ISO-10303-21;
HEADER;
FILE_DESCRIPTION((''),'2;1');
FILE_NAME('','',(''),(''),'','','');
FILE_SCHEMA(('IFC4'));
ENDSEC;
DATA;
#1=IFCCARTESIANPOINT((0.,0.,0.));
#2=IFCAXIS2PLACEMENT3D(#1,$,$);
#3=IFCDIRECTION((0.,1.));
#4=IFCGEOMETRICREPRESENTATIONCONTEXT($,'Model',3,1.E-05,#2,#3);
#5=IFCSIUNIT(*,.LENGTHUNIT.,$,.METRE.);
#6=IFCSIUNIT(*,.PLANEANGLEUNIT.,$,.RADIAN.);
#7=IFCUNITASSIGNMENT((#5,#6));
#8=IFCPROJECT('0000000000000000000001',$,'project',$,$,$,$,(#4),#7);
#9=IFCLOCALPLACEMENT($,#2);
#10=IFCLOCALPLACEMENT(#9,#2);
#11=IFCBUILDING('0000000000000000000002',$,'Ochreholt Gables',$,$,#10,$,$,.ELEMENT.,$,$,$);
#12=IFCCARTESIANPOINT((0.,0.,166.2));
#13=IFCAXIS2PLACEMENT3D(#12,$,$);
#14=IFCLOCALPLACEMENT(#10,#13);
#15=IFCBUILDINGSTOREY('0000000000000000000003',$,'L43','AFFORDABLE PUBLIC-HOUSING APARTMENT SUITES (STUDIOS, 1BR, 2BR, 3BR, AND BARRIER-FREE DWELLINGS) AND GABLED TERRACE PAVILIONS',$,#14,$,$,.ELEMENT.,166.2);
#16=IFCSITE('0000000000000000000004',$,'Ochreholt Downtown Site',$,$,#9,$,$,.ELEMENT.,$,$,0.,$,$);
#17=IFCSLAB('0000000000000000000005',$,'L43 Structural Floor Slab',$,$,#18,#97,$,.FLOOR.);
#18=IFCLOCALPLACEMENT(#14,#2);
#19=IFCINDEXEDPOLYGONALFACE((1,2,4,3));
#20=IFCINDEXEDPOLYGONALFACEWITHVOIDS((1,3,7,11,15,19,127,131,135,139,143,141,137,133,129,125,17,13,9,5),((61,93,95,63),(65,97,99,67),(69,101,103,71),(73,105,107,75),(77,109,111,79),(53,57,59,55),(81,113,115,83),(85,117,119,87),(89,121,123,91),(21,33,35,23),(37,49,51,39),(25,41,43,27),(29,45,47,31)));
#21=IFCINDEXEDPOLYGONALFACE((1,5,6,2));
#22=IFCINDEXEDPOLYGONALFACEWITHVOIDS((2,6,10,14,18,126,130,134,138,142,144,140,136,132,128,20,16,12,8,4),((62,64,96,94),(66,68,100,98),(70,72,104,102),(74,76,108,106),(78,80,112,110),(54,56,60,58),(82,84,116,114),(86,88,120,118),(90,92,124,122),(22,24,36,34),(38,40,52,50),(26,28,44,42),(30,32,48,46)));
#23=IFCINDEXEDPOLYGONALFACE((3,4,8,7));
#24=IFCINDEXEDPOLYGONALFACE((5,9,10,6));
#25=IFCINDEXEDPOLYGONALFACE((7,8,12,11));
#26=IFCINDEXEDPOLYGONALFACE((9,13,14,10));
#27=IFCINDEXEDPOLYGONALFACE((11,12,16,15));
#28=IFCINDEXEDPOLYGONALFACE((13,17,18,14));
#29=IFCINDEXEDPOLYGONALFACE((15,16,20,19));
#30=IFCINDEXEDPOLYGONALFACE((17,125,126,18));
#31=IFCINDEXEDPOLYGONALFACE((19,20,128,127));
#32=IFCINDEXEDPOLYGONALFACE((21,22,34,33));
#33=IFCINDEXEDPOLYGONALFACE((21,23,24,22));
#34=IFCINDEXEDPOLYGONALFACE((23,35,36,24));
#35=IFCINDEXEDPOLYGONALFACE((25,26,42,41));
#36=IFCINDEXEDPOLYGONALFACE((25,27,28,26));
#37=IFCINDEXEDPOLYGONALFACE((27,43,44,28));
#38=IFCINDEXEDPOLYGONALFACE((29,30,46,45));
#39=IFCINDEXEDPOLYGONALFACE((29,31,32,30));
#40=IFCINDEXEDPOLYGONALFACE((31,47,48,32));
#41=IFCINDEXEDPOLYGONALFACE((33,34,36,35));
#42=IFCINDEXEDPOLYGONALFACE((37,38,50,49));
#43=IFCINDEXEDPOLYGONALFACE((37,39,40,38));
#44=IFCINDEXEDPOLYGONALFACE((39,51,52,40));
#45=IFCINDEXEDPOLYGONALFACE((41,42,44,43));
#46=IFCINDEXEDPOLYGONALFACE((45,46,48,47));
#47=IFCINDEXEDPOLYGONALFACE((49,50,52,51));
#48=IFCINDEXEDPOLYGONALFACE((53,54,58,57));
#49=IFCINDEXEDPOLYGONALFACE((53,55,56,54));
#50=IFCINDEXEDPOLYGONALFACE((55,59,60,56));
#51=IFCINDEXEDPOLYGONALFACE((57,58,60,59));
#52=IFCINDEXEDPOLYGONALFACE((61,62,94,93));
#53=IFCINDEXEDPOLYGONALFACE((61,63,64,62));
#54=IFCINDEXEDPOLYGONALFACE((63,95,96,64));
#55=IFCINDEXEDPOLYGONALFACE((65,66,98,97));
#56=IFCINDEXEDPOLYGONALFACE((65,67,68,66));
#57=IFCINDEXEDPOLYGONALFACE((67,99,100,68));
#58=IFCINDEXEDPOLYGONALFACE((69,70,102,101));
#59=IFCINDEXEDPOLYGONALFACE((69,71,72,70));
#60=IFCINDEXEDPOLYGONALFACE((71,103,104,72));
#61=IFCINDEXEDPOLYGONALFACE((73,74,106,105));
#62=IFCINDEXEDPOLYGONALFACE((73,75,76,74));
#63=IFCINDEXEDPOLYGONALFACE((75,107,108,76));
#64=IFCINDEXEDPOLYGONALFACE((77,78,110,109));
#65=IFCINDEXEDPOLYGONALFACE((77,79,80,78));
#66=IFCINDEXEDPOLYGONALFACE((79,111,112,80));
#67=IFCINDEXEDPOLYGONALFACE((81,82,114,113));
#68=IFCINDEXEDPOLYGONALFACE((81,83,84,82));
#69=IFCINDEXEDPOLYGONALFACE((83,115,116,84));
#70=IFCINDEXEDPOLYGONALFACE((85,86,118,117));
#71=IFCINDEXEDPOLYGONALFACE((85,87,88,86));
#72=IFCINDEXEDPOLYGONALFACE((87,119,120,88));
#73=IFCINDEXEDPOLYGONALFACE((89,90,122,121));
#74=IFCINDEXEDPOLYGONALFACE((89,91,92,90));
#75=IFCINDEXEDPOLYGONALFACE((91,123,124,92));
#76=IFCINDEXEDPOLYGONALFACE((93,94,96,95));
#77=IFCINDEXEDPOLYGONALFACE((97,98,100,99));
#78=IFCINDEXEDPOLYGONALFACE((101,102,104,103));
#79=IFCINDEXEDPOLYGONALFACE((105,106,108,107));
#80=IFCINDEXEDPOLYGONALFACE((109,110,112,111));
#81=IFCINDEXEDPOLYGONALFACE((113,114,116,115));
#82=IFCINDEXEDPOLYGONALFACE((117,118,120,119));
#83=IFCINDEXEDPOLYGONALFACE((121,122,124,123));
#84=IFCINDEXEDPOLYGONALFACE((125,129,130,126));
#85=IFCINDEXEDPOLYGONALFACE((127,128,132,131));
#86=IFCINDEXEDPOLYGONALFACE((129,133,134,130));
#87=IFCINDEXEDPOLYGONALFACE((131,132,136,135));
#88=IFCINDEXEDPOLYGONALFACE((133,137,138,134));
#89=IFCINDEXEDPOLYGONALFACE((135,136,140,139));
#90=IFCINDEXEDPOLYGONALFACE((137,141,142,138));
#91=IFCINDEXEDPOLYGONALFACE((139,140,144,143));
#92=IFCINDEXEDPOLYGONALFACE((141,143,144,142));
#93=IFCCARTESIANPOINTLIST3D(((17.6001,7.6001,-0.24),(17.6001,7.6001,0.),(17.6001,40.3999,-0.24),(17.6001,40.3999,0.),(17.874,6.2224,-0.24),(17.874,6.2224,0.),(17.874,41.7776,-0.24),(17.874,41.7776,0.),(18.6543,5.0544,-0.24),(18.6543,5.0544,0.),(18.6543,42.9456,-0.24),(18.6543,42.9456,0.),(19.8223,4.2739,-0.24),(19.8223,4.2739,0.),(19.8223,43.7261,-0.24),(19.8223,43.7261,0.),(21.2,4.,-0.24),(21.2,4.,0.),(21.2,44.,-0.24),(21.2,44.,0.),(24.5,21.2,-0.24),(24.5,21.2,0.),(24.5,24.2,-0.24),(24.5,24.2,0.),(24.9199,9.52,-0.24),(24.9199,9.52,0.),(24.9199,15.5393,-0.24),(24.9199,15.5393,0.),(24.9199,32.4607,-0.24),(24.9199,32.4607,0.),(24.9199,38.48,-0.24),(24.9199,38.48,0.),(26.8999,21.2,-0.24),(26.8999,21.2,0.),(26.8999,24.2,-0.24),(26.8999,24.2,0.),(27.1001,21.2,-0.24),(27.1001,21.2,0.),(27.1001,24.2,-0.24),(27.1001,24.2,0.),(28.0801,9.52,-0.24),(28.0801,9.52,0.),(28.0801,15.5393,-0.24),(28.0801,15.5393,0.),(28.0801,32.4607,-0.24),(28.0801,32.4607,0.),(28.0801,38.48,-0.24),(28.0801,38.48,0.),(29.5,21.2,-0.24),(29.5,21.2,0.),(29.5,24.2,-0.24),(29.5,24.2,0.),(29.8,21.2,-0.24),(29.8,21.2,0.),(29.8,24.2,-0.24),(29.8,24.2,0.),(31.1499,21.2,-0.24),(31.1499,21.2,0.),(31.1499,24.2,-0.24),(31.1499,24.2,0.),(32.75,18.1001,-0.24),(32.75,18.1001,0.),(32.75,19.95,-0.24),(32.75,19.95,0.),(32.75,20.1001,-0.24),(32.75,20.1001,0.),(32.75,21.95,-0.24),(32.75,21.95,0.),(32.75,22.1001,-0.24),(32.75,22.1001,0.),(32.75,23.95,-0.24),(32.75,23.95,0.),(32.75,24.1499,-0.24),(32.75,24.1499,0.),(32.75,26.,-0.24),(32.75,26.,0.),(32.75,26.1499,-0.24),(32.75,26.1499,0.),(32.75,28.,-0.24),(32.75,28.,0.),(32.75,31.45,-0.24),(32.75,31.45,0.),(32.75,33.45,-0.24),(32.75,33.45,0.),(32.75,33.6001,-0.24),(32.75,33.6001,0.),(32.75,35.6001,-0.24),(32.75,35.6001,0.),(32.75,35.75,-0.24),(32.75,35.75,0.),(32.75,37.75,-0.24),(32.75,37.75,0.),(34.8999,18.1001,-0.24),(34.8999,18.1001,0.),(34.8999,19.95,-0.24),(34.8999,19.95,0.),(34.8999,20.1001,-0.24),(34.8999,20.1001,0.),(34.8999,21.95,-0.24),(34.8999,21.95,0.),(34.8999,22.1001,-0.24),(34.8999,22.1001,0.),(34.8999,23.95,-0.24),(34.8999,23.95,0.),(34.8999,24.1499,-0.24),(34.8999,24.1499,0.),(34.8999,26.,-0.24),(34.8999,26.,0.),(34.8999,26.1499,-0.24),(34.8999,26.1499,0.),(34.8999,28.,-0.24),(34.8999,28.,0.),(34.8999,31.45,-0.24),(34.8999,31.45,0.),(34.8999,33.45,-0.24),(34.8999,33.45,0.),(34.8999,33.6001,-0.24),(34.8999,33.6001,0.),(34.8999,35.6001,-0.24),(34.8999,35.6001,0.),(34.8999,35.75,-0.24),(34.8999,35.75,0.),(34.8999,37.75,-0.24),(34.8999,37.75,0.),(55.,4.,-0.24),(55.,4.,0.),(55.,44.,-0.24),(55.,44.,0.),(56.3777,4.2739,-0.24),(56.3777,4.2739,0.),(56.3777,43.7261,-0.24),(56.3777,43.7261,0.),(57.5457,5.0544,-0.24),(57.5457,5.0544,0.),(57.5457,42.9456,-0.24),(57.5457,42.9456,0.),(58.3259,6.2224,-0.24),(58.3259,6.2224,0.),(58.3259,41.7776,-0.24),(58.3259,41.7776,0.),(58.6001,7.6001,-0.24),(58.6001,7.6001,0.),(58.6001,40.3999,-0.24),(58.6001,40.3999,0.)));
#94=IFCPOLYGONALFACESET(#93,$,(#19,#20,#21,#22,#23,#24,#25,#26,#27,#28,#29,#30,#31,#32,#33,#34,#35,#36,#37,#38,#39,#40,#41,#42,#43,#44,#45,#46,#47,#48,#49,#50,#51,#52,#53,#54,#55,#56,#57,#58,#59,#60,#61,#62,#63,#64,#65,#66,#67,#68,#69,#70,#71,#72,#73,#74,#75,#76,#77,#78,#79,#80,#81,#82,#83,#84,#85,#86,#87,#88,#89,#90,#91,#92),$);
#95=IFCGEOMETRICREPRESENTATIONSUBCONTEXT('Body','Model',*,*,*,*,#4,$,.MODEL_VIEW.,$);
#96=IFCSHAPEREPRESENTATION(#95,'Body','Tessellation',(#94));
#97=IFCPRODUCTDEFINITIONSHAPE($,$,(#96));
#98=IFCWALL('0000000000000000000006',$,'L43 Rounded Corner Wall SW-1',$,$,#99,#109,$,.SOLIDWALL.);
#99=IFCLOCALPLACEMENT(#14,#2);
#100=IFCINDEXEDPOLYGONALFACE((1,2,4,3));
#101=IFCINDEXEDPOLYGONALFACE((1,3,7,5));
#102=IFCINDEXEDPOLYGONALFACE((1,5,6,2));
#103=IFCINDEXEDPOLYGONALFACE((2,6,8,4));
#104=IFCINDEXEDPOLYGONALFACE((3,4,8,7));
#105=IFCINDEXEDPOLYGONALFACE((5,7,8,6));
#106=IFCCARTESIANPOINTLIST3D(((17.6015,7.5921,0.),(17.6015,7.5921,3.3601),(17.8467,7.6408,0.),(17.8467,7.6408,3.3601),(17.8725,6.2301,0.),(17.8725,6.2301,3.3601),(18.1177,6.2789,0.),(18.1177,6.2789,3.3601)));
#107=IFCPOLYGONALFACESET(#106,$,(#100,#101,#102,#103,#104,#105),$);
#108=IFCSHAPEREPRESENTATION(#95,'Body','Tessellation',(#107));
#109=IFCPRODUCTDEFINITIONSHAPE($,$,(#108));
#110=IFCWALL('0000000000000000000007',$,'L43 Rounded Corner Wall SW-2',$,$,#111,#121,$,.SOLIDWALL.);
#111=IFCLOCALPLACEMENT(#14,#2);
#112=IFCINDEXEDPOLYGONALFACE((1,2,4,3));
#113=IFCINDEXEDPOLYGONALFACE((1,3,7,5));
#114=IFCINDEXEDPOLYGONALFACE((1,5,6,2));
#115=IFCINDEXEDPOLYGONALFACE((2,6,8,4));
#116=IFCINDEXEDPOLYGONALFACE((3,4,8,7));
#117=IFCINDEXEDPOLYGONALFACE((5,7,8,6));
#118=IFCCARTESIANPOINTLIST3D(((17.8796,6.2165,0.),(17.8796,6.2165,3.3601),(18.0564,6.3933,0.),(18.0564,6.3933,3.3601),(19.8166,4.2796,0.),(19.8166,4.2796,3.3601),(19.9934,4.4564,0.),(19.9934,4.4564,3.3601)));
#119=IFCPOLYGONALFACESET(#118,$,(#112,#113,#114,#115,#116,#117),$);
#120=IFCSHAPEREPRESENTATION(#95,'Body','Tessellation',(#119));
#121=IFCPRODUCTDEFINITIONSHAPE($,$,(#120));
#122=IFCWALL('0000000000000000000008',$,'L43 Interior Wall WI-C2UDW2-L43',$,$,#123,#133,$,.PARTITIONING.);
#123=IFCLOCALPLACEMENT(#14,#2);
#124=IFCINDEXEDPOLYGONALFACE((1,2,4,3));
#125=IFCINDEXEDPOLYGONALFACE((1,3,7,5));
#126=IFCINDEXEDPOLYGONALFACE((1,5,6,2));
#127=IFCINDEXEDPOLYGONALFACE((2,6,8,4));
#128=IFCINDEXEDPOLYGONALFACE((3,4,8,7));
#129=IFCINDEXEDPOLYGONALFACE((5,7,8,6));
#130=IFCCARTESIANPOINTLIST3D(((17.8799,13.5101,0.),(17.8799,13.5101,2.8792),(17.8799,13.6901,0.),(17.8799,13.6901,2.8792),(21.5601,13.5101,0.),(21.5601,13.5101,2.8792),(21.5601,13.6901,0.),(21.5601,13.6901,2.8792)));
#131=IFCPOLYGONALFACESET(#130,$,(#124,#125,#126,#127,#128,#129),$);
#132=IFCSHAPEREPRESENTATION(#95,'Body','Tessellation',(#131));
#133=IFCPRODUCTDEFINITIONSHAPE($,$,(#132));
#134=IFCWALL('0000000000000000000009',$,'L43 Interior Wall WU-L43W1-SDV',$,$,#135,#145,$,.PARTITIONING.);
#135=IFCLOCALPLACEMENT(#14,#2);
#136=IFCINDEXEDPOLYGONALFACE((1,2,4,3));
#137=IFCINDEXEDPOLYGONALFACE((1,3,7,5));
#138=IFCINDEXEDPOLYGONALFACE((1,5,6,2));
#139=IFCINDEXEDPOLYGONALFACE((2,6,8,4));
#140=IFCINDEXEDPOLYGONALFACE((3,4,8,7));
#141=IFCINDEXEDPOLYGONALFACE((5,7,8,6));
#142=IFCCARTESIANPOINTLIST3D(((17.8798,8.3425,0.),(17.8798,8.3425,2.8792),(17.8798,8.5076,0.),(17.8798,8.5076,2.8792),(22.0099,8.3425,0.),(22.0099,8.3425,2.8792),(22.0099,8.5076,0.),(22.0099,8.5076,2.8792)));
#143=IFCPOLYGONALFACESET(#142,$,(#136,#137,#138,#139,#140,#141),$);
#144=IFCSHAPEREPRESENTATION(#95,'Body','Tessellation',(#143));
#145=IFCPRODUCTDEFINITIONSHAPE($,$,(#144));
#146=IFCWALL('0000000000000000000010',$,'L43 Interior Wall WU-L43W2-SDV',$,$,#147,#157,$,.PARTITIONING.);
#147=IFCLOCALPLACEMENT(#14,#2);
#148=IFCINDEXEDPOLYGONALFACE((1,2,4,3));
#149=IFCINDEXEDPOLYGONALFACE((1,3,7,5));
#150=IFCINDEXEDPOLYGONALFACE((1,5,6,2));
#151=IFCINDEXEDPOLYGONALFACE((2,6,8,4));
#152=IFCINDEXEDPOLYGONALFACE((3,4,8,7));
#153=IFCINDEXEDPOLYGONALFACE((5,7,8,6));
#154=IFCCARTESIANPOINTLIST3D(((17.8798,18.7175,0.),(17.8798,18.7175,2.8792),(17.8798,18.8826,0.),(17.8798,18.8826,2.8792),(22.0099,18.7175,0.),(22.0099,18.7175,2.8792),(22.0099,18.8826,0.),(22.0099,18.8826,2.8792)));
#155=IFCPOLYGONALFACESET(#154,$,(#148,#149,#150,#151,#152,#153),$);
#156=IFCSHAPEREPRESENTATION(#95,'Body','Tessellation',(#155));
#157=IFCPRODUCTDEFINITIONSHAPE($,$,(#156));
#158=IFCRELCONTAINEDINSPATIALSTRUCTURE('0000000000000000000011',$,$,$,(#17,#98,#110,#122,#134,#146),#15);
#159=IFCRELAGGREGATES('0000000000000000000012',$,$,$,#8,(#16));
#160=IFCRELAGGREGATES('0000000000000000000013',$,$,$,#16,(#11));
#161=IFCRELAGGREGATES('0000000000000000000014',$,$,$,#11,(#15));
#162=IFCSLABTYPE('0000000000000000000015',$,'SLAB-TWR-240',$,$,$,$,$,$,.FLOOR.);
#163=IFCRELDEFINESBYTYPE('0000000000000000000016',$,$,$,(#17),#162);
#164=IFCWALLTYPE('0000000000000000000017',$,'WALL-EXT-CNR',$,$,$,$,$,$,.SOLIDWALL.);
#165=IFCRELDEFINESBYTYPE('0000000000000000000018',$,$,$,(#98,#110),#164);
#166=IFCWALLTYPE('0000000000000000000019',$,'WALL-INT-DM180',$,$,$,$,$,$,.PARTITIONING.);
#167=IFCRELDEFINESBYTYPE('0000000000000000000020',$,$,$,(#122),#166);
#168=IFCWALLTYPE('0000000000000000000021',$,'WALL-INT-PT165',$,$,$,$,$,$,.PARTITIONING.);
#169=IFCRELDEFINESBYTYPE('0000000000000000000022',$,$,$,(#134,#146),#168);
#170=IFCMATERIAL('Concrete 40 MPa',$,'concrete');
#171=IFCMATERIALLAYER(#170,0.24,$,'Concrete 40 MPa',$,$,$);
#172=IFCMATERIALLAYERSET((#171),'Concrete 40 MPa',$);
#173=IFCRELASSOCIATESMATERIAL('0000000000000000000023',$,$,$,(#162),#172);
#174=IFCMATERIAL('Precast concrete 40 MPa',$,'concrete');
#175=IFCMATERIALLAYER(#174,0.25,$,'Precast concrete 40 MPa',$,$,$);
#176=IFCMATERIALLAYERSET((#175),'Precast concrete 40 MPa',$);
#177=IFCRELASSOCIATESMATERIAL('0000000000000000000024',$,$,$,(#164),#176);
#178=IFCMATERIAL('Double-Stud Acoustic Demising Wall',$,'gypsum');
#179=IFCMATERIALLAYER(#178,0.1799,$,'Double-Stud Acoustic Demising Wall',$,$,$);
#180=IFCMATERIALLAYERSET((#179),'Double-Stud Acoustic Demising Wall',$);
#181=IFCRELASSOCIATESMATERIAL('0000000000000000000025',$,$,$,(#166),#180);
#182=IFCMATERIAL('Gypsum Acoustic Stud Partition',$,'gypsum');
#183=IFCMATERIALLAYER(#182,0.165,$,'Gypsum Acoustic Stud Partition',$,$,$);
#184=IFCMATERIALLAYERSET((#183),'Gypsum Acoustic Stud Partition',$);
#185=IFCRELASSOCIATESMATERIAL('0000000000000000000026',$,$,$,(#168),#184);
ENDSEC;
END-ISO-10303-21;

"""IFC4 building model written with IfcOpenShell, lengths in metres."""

from ifc_helpers import new_model, si_unit, direction, frame, frame_2d, origin, place, context, subcontext, project, spatial, polyline, rectangle, outline, extrude, material, layer, layer_set, type_object, element, save


model = new_model("IFC4")

# Units and contexts
model_context = context("Model", 3, precision=1e-05, world=origin(), true_north=direction((0.0, 1.0)))
body_context = subcontext(model_context, "Body", "Model", "MODEL_VIEW")
ifc_project = project(units=[si_unit("LENGTHUNIT", "METRE"), si_unit("PLANEANGLEUNIT", "RADIAN")], contexts=[model_context])

# Site, building, storey
site_placement = place(None, origin())
site = spatial("IfcSite", under=ifc_project, at=site_placement, Name="Ochreholt Downtown Site", CompositionType="ELEMENT", RefElevation=0.0)
building_placement = place(site_placement, origin())
building = spatial("IfcBuilding", under=site, at=building_placement, Name="Ochreholt Gables", CompositionType="ELEMENT")
storey_placement = place(building_placement, frame((0.0, 0.0, 166.2)))
storey = spatial("IfcBuildingStorey", under=building, at=storey_placement, Name="L43", Description="AFFORDABLE PUBLIC-HOUSING APARTMENT SUITES (STUDIOS, 1BR, 2BR, 3BR, AND BARRIER-FREE DWELLINGS) AND GABLED TERRACE PAVILIONS", CompositionType="ELEMENT", Elevation=166.2)

# Shared definitions
ifc_material_1 = material(Name="Concrete 40 MPa", Category="concrete")

# Slab
ifc_layer_1 = layer(ifc_material_1, 0.24, Name="Concrete 40 MPa")
ifc_layer_set_1 = layer_set([ifc_layer_1], Name="Concrete 40 MPa")
slab_type_1 = type_object("IfcSlabType", Name="SLAB-TWR-240", PredefinedType="FLOOR", material=ifc_layer_set_1)
slab_1_placement = place(storey_placement, frame((0.0, 0.0, -0.24)))
element("IfcSlab", 1, at=slab_1_placement, inside=storey, type_object=slab_type_1, Name="L43 Structural Floor Slab", PredefinedType="FLOOR", context=body_context, shape_type="SweptSolid", body=[
    extrude(outline(polyline([(17.6001, 7.6001), (17.874, 6.2224), (18.6543, 5.0544), (19.8223, 4.2739), (21.2, 4.0), (55.0, 4.0), (56.3777, 4.2739), (57.5457, 5.0544), (58.3259, 6.2224), (58.6001, 7.6001), (58.6001, 40.3999), (58.3259, 41.7776), (57.5457, 42.9456), (56.3777, 43.7261), (55.0, 44.0), (21.2, 44.0), (19.8223, 43.7261), (18.6543, 42.9456), (17.874, 41.7776), (17.6001, 40.3999), (17.6001, 7.6001)]), holes=[polyline([(24.9199, 15.5393), (24.9199, 9.52), (28.0801, 9.52), (28.0801, 15.5393), (24.9199, 15.5393)]), polyline([(28.0801, 32.4607), (28.0801, 38.48), (24.9199, 38.48), (24.9199, 32.4607), (28.0801, 32.4607)]), polyline([(24.5, 21.2), (26.8999, 21.2), (26.8999, 24.2), (24.5, 24.2), (24.5, 21.2)]), polyline([(27.1001, 21.2), (29.5, 21.2), (29.5, 24.2), (27.1001, 24.2), (27.1001, 21.2)]), polyline([(32.75, 18.1001), (34.8999, 18.1001), (34.8999, 19.95), (32.75, 19.95), (32.75, 18.1001)]), polyline([(32.75, 20.1001), (34.8999, 20.1001), (34.8999, 21.95), (32.75, 21.95), (32.75, 20.1001)]), polyline([(32.75, 22.1001), (34.8999, 22.1001), (34.8999, 23.95), (32.75, 23.95), (32.75, 22.1001)]), polyline([(32.75, 24.1499), (34.8999, 24.1499), (34.8999, 26.0), (32.75, 26.0), (32.75, 24.1499)]), polyline([(32.75, 26.1499), (34.8999, 26.1499), (34.8999, 28.0), (32.75, 28.0), (32.75, 26.1499)]), polyline([(32.75, 31.45), (34.8999, 31.45), (34.8999, 33.45), (32.75, 33.45), (32.75, 31.45)]), polyline([(32.75, 33.6001), (34.8999, 33.6001), (34.8999, 35.6001), (32.75, 35.6001), (32.75, 33.6001)]), polyline([(32.75, 35.75), (34.8999, 35.75), (34.8999, 37.75), (32.75, 37.75), (32.75, 35.75)]), polyline([(29.8, 21.2), (31.1499, 21.2), (31.1499, 24.2), (29.8, 24.2), (29.8, 21.2)])]), origin(), (0.0, 0.0, 1.0), 0.24),
])

# Walls
ifc_material_2 = material(Name="Precast concrete 40 MPa", Category="concrete")
ifc_layer_2 = layer(ifc_material_2, 0.25, Name="Precast concrete 40 MPa")
ifc_layer_set_2 = layer_set([ifc_layer_2], Name="Precast concrete 40 MPa")
wall_type_1 = type_object("IfcWallType", Name="WALL-EXT-CNR", PredefinedType="SOLIDWALL", material=ifc_layer_set_2)
wall_1_placement = place(storey_placement, frame((17.7241, 7.6165, 0.0), z_axis=(0.0, 0.0, 1.0), x_axis=(0.195136, -0.980776, 0.0)))
element("IfcWall", 2, at=wall_1_placement, inside=storey, type_object=wall_type_1, Name="L43 Rounded Corner Wall SW-1", PredefinedType="SOLIDWALL", context=body_context, shape_type="SweptSolid", body=[
    extrude(rectangle(XDim=1.3887, YDim=0.25, at=frame_2d((0.6943, 0.0))), origin(), (0.0, 0.0, 1.0), 3.3601),
])
wall_2_placement = place(storey_placement, frame((17.968, 6.3049, 0.0), z_axis=(0.0, 0.0, 1.0), x_axis=(0.707107, -0.707107, 0.0)))
element("IfcWall", 3, at=wall_2_placement, inside=storey, type_object=wall_type_1, Name="L43 Rounded Corner Wall SW-2", PredefinedType="SOLIDWALL", context=body_context, shape_type="SweptSolid", body=[
    extrude(rectangle(XDim=2.7393, YDim=0.25, at=frame_2d((1.3696, 0.0))), origin(), (0.0, 0.0, 1.0), 3.3601),
])
ifc_material_3 = material(Name="Double-Stud Acoustic Demising Wall", Category="gypsum")
ifc_layer_3 = layer(ifc_material_3, 0.1799, Name="Double-Stud Acoustic Demising Wall")
ifc_layer_set_3 = layer_set([ifc_layer_3], Name="Double-Stud Acoustic Demising Wall")
wall_type_2 = type_object("IfcWallType", Name="WALL-INT-DM180", PredefinedType="PARTITIONING", material=ifc_layer_set_3)
wall_3_placement = place(storey_placement, frame((17.8799, 13.6001, 0.0), z_axis=(0.0, 0.0, 1.0), x_axis=(1.0, 0.0, 0.0)))
element("IfcWall", 4, at=wall_3_placement, inside=storey, type_object=wall_type_2, Name="L43 Interior Wall WI-C2UDW2-L43", PredefinedType="PARTITIONING", context=body_context, shape_type="SweptSolid", body=[
    extrude(rectangle(XDim=3.6802, YDim=0.1799, at=frame_2d((1.8401, 0.0))), origin(), (0.0, 0.0, 1.0), 2.8792),
])
ifc_material_4 = material(Name="Gypsum Acoustic Stud Partition", Category="gypsum")
ifc_layer_4 = layer(ifc_material_4, 0.165, Name="Gypsum Acoustic Stud Partition")
ifc_layer_set_4 = layer_set([ifc_layer_4], Name="Gypsum Acoustic Stud Partition")
wall_type_3 = type_object("IfcWallType", Name="WALL-INT-PT165", PredefinedType="PARTITIONING", material=ifc_layer_set_4)
for number, where, z_axis, x_axis, name in (
    (5, (17.8799, 8.425, 0.0), (0.0, 0.0, 1.0), (1.0, 0.0, 0.0), "L43 Interior Wall WU-L43W1-SDV"),
    (6, (17.8799, 18.8, 0.0), (0.0, 0.0, 1.0), (1.0, 0.0, 0.0), "L43 Interior Wall WU-L43W2-SDV"),
):
    element("IfcWall", number, at=place(storey_placement, frame(where, z_axis=z_axis, x_axis=x_axis)), inside=storey, type_object=wall_type_3, Name=name, PredefinedType="PARTITIONING", context=body_context, shape_type="SweptSolid", body=[
        extrude(rectangle(XDim=4.1301, YDim=0.165, at=frame_2d((2.0649, 0.0))), origin(), (0.0, 0.0, 1.0), 2.8792),
    ])

save(model, "model.ifc")
